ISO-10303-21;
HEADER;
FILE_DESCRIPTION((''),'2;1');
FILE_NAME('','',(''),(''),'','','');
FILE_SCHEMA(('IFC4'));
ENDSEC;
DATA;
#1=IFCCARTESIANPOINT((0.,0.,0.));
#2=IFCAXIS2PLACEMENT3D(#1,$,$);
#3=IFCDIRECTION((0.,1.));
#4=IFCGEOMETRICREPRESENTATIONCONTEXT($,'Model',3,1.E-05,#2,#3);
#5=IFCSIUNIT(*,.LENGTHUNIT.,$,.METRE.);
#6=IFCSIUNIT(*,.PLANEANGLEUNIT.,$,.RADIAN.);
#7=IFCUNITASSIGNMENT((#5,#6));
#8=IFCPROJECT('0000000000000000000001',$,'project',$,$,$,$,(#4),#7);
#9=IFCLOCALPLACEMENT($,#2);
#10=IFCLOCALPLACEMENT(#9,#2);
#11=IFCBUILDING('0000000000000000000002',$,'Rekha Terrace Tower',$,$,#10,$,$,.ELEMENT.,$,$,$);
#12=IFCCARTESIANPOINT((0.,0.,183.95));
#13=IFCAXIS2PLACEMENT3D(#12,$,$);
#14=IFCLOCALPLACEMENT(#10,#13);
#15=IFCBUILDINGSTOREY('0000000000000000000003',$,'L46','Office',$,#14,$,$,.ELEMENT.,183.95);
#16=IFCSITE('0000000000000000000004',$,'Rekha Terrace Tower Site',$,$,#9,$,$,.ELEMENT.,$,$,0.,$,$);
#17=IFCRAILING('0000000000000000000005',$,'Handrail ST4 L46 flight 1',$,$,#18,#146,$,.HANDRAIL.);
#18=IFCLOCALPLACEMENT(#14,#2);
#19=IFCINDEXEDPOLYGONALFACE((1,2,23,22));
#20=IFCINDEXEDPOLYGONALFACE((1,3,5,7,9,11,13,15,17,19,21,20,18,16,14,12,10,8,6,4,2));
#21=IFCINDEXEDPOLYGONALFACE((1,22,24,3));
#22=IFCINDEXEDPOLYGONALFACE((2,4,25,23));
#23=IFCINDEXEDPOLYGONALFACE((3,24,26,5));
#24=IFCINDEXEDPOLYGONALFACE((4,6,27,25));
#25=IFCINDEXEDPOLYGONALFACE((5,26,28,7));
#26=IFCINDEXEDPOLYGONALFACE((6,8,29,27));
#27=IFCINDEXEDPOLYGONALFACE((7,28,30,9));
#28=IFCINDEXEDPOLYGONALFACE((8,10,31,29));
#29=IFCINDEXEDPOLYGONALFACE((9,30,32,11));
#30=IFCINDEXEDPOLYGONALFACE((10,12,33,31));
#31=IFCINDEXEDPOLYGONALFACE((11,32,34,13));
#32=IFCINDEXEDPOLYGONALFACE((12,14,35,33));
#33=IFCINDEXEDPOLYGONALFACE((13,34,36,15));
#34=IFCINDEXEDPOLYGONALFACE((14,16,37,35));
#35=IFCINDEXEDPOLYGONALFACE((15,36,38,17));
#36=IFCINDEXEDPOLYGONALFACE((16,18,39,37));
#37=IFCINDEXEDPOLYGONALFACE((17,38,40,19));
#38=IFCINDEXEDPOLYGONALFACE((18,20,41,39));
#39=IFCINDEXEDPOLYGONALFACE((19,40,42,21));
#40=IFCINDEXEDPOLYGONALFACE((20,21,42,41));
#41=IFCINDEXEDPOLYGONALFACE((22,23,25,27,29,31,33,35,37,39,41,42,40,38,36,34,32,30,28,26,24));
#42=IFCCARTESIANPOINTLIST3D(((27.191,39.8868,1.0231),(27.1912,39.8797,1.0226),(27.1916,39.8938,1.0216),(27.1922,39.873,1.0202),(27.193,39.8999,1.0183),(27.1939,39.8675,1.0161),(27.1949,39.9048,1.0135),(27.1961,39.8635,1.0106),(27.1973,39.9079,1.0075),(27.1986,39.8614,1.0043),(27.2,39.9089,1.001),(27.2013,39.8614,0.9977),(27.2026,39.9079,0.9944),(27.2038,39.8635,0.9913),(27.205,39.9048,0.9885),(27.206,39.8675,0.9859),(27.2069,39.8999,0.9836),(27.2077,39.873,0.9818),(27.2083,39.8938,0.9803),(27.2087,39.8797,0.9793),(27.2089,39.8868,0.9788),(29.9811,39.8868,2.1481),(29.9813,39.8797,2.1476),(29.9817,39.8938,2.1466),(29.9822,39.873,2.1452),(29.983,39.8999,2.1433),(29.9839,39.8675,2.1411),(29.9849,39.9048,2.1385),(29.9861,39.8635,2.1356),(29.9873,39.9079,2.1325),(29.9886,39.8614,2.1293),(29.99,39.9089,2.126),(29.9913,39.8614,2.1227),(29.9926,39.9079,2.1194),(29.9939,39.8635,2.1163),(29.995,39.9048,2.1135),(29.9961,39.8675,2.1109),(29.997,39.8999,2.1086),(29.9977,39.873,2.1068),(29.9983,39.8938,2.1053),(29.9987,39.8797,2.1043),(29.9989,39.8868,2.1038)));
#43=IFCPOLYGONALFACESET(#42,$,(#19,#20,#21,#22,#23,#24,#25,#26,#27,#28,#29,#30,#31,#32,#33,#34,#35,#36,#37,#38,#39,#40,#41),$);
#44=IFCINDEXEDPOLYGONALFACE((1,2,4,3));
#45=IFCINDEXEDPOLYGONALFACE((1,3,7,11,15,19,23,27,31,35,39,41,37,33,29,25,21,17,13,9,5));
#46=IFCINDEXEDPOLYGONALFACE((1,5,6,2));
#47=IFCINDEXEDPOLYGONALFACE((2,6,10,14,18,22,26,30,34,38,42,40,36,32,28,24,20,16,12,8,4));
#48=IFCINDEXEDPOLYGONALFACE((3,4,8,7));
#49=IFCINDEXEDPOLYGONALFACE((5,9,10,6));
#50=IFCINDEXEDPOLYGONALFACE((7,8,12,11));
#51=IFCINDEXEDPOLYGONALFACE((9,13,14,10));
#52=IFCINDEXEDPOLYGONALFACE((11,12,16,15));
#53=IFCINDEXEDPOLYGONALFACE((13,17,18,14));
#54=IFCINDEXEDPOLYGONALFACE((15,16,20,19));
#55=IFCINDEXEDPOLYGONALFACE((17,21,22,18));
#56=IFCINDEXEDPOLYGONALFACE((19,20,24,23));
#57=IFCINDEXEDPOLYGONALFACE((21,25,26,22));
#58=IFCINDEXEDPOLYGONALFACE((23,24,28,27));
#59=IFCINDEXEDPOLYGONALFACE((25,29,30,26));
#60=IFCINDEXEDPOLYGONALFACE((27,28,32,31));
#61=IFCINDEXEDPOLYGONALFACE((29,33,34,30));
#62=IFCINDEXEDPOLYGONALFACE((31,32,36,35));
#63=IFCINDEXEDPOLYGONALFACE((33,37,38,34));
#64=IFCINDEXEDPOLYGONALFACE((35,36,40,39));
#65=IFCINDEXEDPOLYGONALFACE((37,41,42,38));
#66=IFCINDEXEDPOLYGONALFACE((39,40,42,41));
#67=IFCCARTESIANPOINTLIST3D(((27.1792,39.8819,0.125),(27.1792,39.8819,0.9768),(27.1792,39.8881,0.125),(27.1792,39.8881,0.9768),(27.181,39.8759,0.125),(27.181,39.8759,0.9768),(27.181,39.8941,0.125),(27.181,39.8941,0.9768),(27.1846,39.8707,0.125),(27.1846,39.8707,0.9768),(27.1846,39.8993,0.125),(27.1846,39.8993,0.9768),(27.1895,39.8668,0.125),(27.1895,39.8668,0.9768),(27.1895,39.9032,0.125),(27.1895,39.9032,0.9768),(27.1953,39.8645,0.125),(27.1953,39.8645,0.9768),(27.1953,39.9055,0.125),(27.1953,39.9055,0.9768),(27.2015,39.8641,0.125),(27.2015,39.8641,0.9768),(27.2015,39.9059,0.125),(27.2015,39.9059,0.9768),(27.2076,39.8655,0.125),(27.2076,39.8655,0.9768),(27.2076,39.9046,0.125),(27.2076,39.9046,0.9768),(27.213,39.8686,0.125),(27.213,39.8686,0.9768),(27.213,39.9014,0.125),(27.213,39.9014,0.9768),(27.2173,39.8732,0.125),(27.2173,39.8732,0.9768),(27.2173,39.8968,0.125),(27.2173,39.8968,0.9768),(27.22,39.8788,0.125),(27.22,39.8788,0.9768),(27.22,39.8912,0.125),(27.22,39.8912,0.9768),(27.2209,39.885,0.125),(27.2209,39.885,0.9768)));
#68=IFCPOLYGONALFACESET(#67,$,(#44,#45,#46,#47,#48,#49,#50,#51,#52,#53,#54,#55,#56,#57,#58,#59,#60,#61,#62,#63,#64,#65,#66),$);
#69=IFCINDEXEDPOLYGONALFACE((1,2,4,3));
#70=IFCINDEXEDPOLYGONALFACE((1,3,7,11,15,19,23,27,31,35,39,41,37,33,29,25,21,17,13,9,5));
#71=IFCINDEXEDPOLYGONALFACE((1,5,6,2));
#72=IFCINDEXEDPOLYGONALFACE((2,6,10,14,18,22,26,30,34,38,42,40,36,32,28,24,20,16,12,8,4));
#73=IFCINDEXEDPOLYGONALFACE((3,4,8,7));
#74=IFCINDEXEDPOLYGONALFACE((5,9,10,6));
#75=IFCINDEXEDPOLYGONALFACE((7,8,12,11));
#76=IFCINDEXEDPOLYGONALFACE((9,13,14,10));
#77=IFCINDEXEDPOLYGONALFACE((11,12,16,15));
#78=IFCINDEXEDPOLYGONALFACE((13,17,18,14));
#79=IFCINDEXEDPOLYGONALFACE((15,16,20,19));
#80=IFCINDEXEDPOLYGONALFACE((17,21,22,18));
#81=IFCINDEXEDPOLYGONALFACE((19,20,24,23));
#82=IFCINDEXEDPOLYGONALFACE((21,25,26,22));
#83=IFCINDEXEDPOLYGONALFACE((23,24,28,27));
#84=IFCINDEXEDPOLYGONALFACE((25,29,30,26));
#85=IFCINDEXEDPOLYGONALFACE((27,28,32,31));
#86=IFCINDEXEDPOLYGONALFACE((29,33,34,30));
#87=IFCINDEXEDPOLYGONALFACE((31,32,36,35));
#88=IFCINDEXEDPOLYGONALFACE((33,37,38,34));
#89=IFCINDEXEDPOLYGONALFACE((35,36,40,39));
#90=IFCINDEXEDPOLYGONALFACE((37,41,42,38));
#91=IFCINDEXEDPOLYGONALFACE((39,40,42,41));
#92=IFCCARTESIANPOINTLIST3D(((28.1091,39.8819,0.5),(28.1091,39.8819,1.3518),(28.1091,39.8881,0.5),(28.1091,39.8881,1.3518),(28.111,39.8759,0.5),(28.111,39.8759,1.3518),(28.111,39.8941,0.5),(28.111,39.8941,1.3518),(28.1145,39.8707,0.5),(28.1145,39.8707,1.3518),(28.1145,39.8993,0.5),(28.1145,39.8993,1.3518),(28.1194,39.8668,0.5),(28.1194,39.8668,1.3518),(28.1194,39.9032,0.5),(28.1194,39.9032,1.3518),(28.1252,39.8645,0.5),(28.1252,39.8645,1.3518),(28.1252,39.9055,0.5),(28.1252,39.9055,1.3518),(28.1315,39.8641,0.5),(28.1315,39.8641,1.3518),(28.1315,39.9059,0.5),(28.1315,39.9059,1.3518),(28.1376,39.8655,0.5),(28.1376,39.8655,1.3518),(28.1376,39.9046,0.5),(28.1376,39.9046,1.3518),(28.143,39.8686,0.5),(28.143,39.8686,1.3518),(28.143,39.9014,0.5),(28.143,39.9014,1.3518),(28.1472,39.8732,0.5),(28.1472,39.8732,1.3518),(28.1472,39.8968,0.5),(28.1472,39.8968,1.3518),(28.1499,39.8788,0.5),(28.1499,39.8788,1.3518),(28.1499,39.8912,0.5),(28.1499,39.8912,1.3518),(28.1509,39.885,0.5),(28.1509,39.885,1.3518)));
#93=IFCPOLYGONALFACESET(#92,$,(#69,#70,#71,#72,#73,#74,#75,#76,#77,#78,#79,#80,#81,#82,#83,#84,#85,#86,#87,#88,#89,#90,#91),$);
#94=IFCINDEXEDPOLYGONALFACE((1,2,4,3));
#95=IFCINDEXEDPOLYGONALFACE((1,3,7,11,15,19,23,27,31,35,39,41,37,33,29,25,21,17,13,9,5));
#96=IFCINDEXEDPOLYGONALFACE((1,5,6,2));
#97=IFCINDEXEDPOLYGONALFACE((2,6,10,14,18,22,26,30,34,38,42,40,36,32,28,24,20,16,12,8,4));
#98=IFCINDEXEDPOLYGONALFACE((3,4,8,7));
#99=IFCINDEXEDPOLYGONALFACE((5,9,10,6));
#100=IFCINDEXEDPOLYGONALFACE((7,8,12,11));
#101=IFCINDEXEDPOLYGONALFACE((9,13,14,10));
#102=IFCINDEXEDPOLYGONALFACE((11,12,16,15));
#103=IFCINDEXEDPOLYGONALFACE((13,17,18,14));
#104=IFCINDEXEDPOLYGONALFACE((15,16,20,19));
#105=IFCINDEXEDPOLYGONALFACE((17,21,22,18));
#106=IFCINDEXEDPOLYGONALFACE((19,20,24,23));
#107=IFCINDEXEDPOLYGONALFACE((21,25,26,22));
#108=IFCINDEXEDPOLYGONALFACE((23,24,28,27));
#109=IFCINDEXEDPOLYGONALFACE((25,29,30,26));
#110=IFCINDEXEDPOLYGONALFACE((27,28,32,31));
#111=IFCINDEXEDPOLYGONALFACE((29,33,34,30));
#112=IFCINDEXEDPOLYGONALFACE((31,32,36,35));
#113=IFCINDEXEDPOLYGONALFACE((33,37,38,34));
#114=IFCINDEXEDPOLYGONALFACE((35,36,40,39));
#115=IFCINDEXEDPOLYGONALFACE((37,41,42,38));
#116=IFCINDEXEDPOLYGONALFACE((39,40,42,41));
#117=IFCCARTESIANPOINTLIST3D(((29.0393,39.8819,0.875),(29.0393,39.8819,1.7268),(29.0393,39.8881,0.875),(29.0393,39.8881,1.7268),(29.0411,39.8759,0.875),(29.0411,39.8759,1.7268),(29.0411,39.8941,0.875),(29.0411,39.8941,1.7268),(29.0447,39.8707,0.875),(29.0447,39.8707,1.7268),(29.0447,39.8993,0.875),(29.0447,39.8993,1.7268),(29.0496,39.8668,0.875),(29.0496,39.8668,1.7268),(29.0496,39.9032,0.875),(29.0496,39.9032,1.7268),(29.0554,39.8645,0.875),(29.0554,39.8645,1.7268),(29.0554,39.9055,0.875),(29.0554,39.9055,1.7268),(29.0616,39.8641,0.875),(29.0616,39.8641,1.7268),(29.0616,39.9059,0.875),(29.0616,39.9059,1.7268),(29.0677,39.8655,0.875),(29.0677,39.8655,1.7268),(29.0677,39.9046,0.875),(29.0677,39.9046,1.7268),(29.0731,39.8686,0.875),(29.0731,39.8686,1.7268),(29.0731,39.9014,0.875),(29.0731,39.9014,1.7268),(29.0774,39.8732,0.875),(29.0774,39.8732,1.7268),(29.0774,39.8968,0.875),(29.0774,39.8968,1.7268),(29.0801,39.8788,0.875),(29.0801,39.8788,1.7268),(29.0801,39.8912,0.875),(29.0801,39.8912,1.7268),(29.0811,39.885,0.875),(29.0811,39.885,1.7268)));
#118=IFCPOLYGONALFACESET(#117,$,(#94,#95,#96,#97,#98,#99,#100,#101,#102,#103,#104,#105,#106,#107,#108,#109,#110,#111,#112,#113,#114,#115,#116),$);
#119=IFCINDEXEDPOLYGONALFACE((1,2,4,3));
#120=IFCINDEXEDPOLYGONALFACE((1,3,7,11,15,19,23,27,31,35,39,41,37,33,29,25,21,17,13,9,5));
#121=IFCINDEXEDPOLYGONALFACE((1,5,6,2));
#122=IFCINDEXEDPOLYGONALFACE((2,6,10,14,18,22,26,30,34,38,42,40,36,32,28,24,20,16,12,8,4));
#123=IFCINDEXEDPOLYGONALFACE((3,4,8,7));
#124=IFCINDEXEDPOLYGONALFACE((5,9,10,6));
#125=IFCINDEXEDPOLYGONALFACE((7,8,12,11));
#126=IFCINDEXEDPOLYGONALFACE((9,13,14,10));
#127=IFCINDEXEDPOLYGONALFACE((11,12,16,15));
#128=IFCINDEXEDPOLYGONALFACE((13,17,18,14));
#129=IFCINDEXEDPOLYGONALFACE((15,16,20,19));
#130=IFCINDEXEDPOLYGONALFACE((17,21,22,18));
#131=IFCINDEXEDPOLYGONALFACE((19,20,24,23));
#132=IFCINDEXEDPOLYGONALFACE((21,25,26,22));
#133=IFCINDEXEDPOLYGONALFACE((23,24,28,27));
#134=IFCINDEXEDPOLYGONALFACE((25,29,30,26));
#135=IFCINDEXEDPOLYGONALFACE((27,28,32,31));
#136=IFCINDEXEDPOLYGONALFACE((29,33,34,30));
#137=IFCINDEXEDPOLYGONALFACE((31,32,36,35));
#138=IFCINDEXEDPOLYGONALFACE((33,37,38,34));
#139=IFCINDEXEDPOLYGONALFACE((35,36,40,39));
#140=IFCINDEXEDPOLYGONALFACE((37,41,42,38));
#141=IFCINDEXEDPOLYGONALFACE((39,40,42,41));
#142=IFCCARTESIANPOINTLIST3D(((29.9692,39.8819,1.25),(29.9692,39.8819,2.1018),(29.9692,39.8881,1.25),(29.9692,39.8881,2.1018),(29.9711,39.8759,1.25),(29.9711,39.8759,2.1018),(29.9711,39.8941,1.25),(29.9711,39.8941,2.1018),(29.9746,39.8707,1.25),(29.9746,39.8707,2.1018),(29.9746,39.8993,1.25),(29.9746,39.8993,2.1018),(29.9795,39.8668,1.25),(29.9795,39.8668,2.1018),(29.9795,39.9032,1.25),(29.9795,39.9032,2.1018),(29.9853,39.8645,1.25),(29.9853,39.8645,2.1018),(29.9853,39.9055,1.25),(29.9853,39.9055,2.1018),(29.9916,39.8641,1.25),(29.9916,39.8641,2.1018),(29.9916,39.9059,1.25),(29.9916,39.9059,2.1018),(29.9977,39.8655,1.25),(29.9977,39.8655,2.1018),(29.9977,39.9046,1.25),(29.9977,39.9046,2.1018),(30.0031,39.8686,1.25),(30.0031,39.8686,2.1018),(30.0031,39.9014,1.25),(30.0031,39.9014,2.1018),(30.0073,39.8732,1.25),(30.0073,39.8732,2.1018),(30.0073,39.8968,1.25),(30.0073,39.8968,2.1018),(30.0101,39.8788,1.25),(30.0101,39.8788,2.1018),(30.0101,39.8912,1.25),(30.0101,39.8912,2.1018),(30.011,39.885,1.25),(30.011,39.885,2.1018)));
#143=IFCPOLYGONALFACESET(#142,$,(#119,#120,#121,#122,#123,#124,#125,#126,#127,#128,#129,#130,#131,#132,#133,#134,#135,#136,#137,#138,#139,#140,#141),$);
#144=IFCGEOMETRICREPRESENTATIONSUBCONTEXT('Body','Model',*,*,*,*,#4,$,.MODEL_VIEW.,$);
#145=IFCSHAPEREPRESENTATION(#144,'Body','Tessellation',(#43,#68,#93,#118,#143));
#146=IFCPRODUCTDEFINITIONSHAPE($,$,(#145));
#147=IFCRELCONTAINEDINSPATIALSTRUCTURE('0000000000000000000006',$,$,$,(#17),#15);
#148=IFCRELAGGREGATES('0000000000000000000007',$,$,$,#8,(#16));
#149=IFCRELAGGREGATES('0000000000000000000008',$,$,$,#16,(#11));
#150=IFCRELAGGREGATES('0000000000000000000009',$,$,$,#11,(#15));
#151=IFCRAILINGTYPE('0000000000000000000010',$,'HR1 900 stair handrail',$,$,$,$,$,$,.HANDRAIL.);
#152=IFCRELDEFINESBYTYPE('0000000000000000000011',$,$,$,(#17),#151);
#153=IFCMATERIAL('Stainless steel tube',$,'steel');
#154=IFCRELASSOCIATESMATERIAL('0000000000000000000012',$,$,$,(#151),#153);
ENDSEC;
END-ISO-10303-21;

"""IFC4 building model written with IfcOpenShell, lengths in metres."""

from ifc_helpers import new_model, si_unit, direction, frame, origin, origin_2d, place, context, subcontext, project, spatial, circle, extrude, material, type_object, element, save


model = new_model("IFC4")

# Units and contexts
model_context = context("Model", 3, precision=1e-05, world=origin(), true_north=direction((0.0, 1.0)))
body_context = subcontext(model_context, "Body", "Model", "MODEL_VIEW")
ifc_project = project(units=[si_unit("LENGTHUNIT", "METRE"), si_unit("PLANEANGLEUNIT", "RADIAN")], contexts=[model_context])

# Site, building, storey
site_placement = place(None, origin())
site = spatial("IfcSite", under=ifc_project, at=site_placement, Name="Rekha Terrace Tower Site", CompositionType="ELEMENT", RefElevation=0.0)
building_placement = place(site_placement, origin())
building = spatial("IfcBuilding", under=site, at=building_placement, Name="Rekha Terrace Tower", CompositionType="ELEMENT")
storey_placement = place(building_placement, frame((0.0, 0.0, 183.95)))
storey = spatial("IfcBuildingStorey", under=building, at=storey_placement, Name="L46", Description="Office", CompositionType="ELEMENT", Elevation=183.95)

# Railing
ifc_material_1 = material(Name="Stainless steel tube", Category="steel")
railing_type_1 = type_object("IfcRailingType", Name="HR1 900 stair handrail", PredefinedType="HANDRAIL", material=ifc_material_1)
railing_1_placement = place(storey_placement, frame((27.2, 39.885, 0.125)))
element("IfcRailing", 1, at=railing_1_placement, inside=storey, type_object=railing_type_1, Name="Handrail ST4 L46 flight 1", PredefinedType="HANDRAIL", context=body_context, shape_type="SweptSolid", body=[
    extrude(circle(Radius=0.0239, at=origin_2d()), frame((0.0, 0.0, 0.876), z_axis=(0.927443, 0.0, 0.373964), x_axis=(0.0, 1.0, 0.0)), (0.0, 0.0, 1.0), 3.0083),
    extrude(circle(Radius=0.021, at=origin_2d()), origin(), (0.0, 0.0, 1.0), 0.8518),
    extrude(circle(Radius=0.021, at=origin_2d()), frame((0.9299, 0.0, 0.375)), (0.0, 0.0, 1.0), 0.8518),
    extrude(circle(Radius=0.021, at=origin_2d()), frame((1.8601, 0.0, 0.75)), (0.0, 0.0, 1.0), 0.8518),
    extrude(circle(Radius=0.021, at=origin_2d()), frame((2.79, 0.0, 1.125)), (0.0, 0.0, 1.0), 0.8518),
])

save(model, "model.ifc")
